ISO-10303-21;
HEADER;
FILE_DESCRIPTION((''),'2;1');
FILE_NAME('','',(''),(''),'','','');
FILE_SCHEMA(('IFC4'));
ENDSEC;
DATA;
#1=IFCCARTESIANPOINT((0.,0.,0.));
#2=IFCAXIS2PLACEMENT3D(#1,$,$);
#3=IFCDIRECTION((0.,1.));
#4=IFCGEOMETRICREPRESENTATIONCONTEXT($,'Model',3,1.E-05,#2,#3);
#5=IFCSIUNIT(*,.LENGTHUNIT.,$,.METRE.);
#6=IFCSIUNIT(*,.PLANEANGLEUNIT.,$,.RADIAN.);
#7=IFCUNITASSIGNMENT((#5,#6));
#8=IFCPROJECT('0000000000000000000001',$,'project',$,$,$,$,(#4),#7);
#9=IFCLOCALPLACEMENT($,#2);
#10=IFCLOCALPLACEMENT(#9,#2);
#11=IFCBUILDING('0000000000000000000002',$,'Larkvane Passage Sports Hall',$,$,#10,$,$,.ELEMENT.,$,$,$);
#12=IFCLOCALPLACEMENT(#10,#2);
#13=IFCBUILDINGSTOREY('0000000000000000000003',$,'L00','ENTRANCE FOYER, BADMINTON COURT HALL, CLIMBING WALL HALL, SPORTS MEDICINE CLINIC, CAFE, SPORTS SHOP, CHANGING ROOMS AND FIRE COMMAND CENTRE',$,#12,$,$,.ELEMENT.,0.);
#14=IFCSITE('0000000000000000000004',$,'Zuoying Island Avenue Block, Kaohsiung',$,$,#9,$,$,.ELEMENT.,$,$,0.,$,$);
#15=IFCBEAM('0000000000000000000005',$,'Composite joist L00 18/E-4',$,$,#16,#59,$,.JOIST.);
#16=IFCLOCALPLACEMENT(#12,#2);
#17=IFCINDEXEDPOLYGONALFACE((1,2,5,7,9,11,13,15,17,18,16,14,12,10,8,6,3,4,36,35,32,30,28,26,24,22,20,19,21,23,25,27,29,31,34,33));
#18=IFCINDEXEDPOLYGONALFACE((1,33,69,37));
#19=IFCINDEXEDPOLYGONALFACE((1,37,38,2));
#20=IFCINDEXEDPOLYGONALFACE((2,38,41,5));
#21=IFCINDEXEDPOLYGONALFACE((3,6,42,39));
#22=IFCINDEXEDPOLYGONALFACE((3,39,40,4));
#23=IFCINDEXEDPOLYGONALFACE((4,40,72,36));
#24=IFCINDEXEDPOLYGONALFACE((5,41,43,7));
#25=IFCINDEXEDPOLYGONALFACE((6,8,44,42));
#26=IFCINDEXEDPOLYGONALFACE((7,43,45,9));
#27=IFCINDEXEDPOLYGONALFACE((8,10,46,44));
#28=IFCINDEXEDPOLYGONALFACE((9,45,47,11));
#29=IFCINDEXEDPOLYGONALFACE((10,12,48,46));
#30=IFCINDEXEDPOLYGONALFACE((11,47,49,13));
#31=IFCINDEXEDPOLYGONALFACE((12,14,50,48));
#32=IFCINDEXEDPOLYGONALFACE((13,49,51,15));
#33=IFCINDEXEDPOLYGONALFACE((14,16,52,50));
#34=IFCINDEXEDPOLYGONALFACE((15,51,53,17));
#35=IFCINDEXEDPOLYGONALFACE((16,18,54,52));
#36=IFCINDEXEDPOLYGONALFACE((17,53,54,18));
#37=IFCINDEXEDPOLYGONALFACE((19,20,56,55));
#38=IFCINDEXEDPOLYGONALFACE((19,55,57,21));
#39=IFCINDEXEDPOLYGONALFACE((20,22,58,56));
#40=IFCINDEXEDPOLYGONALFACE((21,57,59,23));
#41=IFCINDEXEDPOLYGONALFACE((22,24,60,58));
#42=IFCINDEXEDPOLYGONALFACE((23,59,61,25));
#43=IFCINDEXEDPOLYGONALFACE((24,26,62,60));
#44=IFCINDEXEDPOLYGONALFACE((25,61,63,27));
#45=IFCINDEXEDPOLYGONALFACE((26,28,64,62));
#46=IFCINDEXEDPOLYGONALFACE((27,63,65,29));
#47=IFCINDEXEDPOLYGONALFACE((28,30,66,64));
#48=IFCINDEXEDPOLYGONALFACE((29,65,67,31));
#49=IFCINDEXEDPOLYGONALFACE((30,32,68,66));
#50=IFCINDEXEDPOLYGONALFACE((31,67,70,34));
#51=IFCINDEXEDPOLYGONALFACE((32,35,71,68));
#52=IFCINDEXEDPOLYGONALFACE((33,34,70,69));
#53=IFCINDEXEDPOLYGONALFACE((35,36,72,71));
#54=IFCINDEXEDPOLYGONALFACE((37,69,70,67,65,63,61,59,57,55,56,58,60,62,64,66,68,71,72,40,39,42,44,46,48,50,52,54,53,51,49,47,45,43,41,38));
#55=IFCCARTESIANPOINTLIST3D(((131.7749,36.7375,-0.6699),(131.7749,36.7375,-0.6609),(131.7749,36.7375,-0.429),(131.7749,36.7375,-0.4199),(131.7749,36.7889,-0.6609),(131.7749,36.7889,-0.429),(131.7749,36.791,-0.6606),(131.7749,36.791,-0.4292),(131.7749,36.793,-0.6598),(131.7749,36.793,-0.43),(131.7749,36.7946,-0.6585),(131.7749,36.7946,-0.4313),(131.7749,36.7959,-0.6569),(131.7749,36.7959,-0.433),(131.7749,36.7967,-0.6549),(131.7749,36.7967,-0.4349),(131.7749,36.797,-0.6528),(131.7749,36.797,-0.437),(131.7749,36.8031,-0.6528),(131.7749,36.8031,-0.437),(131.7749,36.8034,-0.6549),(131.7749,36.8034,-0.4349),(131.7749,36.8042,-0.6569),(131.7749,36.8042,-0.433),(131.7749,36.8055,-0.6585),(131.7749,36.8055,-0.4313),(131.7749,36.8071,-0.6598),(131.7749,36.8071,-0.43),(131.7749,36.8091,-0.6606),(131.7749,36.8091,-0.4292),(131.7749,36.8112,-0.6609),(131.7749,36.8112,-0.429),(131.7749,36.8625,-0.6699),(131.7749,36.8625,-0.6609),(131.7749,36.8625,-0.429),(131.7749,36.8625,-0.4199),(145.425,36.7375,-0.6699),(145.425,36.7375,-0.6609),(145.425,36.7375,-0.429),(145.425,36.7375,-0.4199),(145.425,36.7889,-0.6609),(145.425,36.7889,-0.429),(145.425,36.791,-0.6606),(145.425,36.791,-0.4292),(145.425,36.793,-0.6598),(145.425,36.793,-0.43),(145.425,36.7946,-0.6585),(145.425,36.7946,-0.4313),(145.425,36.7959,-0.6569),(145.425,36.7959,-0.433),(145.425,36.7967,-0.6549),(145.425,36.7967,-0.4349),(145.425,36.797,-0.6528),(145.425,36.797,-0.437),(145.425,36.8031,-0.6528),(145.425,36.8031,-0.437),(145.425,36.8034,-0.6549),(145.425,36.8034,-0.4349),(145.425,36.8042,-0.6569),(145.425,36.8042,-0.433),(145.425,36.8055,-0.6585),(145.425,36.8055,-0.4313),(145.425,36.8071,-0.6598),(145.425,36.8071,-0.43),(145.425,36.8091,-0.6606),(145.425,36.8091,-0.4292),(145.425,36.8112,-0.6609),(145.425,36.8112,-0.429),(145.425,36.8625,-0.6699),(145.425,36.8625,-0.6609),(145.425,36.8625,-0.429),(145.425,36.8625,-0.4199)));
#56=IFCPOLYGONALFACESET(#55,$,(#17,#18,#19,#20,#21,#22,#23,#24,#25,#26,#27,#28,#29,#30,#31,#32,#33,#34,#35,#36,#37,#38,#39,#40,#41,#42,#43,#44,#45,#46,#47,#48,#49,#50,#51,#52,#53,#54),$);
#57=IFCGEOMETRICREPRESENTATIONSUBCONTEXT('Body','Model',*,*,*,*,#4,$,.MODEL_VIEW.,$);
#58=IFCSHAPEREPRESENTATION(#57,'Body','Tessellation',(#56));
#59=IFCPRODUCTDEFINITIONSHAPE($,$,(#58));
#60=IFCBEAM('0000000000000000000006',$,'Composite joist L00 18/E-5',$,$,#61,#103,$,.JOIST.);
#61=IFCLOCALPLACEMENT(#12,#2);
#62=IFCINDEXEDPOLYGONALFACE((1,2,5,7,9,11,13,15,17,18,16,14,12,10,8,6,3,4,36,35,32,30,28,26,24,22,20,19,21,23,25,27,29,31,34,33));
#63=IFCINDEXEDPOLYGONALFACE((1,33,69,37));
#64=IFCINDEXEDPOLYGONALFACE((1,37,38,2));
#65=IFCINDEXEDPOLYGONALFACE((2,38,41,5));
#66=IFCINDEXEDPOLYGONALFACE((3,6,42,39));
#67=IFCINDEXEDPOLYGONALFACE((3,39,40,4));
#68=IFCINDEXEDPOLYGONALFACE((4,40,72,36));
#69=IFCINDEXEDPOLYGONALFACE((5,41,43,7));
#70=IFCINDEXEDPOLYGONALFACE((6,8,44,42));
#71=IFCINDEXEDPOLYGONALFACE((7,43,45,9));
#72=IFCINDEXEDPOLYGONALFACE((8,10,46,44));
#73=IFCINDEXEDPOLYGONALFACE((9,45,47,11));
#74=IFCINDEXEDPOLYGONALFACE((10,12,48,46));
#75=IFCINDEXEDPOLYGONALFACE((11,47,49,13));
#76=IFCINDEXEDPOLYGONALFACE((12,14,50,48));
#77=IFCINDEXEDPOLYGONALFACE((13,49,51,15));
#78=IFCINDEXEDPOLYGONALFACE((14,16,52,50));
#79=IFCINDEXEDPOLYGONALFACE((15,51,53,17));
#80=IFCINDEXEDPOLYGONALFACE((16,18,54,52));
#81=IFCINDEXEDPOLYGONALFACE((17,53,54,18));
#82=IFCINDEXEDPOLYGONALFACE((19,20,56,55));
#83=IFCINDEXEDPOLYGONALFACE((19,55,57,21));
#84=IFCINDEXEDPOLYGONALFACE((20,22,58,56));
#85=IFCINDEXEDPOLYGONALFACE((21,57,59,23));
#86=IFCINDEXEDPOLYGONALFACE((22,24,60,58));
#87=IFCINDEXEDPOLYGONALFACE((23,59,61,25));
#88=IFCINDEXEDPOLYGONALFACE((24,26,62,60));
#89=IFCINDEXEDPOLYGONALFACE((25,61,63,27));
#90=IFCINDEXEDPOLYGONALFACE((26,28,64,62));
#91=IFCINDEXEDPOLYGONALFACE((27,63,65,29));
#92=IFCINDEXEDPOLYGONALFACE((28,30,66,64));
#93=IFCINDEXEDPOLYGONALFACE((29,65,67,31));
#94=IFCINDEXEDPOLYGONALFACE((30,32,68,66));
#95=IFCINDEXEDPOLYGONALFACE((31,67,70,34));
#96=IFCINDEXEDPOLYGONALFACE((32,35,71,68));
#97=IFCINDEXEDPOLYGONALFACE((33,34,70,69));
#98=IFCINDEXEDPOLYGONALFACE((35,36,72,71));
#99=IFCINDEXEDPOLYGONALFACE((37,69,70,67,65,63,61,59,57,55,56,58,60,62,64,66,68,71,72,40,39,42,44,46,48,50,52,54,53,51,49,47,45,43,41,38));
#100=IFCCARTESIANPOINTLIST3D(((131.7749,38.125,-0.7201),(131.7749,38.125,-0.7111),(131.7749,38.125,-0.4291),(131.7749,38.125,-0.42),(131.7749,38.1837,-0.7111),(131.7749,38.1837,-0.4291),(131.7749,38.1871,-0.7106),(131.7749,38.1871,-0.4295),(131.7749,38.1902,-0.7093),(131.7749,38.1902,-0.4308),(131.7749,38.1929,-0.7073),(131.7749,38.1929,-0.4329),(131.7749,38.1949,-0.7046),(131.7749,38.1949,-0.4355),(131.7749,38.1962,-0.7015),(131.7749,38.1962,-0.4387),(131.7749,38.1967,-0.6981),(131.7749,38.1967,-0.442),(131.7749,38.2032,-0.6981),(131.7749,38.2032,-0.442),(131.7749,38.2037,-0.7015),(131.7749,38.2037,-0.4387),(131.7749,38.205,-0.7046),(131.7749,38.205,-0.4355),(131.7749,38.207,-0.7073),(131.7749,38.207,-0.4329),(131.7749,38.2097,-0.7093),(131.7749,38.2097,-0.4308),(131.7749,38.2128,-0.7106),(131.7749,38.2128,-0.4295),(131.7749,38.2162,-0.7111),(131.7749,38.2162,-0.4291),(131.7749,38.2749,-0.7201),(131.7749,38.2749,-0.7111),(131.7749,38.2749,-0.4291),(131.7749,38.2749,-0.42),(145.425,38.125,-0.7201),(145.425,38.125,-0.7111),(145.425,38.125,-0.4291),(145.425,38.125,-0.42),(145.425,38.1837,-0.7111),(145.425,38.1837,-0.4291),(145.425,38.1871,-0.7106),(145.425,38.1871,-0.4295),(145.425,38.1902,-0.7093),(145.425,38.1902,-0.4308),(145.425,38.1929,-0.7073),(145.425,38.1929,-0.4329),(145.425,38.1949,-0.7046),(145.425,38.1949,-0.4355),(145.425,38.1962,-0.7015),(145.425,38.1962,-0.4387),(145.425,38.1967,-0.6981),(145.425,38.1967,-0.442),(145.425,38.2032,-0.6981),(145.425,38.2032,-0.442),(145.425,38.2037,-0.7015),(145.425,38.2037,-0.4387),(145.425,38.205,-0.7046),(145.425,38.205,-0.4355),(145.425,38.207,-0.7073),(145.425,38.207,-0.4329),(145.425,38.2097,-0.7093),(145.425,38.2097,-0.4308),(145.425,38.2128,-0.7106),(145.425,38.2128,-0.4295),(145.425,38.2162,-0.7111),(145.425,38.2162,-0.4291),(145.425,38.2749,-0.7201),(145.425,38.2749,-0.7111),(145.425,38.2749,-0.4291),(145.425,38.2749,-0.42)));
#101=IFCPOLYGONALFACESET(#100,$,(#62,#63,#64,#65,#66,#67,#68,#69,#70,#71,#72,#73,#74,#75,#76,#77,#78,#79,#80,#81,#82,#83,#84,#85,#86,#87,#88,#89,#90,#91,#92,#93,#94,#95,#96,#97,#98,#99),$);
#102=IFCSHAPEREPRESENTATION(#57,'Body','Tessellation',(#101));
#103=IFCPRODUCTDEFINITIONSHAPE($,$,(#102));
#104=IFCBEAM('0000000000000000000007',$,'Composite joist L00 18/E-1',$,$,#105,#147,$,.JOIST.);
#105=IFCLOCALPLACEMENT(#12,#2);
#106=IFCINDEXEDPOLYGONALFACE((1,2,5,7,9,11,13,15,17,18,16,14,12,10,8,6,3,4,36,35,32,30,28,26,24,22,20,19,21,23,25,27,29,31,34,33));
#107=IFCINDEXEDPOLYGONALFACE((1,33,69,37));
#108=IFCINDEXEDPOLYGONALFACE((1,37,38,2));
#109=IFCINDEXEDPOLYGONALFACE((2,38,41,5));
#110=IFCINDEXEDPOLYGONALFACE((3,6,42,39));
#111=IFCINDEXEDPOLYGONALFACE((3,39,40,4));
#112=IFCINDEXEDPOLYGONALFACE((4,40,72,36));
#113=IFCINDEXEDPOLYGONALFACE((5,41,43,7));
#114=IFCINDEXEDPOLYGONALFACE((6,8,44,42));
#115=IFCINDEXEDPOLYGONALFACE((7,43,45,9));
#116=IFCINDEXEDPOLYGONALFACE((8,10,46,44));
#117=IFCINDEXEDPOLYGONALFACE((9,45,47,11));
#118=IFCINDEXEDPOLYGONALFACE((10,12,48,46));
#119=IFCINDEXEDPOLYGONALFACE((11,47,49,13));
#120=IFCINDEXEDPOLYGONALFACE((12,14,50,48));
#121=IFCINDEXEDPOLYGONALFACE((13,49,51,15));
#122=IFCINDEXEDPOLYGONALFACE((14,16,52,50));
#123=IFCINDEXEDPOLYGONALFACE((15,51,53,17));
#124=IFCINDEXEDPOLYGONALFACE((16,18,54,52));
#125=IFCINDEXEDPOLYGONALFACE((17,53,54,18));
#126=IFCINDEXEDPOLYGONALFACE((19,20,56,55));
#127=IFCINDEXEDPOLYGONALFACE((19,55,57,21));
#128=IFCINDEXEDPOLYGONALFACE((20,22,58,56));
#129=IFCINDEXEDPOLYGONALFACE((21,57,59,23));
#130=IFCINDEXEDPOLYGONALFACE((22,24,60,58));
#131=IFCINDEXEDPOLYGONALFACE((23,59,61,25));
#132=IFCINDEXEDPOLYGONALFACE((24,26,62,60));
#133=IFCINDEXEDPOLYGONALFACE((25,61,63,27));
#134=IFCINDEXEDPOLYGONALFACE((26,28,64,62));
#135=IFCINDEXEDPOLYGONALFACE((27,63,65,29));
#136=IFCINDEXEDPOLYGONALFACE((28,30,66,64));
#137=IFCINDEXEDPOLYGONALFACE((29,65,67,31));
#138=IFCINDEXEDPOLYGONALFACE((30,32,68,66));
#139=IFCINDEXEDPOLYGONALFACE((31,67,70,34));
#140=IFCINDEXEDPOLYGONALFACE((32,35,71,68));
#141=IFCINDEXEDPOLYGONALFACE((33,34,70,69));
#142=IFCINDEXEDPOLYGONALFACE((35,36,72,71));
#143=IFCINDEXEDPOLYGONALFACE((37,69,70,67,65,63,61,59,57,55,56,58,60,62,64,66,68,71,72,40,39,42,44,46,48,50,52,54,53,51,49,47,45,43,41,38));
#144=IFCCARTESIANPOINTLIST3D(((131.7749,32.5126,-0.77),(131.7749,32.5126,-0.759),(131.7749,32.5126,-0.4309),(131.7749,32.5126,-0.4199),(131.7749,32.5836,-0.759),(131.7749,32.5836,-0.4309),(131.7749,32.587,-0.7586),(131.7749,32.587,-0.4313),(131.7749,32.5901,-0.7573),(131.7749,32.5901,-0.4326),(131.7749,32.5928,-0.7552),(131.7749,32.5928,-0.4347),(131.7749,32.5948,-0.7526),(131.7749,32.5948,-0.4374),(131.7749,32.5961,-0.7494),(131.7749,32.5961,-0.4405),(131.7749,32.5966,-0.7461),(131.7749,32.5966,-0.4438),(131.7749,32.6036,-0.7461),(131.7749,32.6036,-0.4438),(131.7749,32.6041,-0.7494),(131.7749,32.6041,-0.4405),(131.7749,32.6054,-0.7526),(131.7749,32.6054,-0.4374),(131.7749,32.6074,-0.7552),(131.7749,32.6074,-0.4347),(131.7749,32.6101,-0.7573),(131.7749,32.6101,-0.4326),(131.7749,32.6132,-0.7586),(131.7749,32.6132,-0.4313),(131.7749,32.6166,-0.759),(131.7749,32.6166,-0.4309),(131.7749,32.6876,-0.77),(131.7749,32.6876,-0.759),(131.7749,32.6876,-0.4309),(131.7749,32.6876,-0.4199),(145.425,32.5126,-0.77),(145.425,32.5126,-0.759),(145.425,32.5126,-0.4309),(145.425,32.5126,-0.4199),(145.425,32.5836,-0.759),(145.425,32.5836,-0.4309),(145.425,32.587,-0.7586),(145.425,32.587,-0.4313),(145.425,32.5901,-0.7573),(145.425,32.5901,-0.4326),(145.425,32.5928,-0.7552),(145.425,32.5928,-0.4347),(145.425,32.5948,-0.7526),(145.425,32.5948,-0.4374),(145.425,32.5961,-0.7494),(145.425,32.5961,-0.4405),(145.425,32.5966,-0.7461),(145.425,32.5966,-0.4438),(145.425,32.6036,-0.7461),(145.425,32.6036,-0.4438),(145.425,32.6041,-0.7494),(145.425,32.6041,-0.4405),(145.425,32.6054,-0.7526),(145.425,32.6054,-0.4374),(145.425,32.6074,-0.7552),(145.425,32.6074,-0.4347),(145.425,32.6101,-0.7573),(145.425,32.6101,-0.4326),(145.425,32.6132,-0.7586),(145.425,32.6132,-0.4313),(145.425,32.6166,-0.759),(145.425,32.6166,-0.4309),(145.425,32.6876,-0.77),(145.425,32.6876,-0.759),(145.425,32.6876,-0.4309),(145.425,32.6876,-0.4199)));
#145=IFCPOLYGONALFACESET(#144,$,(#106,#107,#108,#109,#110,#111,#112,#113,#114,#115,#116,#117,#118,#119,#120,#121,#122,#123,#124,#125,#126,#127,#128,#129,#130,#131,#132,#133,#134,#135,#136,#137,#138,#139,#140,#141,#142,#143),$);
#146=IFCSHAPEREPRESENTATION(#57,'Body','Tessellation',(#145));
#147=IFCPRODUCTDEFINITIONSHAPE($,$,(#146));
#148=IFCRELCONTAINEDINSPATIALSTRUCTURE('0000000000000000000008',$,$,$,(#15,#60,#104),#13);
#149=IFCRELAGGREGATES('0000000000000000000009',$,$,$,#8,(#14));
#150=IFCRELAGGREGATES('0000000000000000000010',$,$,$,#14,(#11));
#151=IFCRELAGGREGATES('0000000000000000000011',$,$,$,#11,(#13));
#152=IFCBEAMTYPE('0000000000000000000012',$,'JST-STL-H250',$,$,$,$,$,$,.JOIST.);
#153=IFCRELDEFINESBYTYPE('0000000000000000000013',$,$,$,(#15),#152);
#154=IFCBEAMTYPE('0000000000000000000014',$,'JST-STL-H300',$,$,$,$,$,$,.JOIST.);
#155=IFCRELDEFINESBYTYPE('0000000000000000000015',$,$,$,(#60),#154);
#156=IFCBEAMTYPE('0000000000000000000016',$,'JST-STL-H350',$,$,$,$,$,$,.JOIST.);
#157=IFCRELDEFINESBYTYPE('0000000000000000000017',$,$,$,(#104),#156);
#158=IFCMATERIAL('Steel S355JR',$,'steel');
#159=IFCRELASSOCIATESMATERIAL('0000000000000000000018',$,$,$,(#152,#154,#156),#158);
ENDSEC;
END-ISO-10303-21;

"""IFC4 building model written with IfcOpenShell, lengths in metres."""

from ifc_helpers import new_model, si_unit, direction, frame, origin, origin_2d, place, context, subcontext, project, spatial, i_section, extrude, material, material_profile, profile_set, type_object, element, save


model = new_model("IFC4")

# Units and contexts
model_context = context("Model", 3, precision=1e-05, world=origin(), true_north=direction((0.0, 1.0)))
body_context = subcontext(model_context, "Body", "Model", "MODEL_VIEW")
ifc_project = project(units=[si_unit("LENGTHUNIT", "METRE"), si_unit("PLANEANGLEUNIT", "RADIAN")], contexts=[model_context])

# Site, building, storey
site_placement = place(None, origin())
site = spatial("IfcSite", under=ifc_project, at=site_placement, Name="Zuoying Island Avenue Block, Kaohsiung", CompositionType="ELEMENT", RefElevation=0.0)
building_placement = place(site_placement, origin())
building = spatial("IfcBuilding", under=site, at=building_placement, Name="Larkvane Passage Sports Hall", CompositionType="ELEMENT")
storey_placement = place(building_placement, origin())
storey = spatial("IfcBuildingStorey", under=building, at=storey_placement, Name="L00", Description="ENTRANCE FOYER, BADMINTON COURT HALL, CLIMBING WALL HALL, SPORTS MEDICINE CLINIC, CAFE, SPORTS SHOP, CHANGING ROOMS AND FIRE COMMAND CENTRE", CompositionType="ELEMENT", Elevation=0.0)

# Beams
ifc_material_1 = material(Name="Steel S355JR", Category="steel")
ifc_material_profile_1 = material_profile(ifc_material_1, i_section(OverallWidth=0.125, OverallDepth=0.25, WebThickness=0.0061, FlangeThickness=0.009, FilletRadius=0.0081, at=origin_2d()), Name="H-250x125x6x9")
ifc_profile_set_1 = profile_set([ifc_material_profile_1], Name="Steel S355JR")
beam_type_1 = type_object("IfcBeamType", Name="JST-STL-H250", PredefinedType="JOIST", material=ifc_profile_set_1)
beam_1_placement = place(storey_placement, frame((131.7749, 36.8, -0.5449), z_axis=(1.0, 0.0, 0.0), x_axis=(0.0, 1.0, 0.0)))
element("IfcBeam", 1, at=beam_1_placement, inside=storey, type_object=beam_type_1, Name="Composite joist L00 18/E-4", PredefinedType="JOIST", context=body_context, shape_type="SweptSolid", body=[
    extrude(i_section(OverallWidth=0.125, OverallDepth=0.25, WebThickness=0.0061, FlangeThickness=0.009, FilletRadius=0.0081, at=origin_2d()), origin(), (0.0, 0.0, 1.0), 13.6501),
])
ifc_material_profile_2 = material_profile(ifc_material_1, i_section(OverallWidth=0.1499, OverallDepth=0.3, WebThickness=0.0066, FlangeThickness=0.009, FilletRadius=0.0129, at=origin_2d()), Name="H-300x150x6.5x9")
ifc_profile_set_2 = profile_set([ifc_material_profile_2], Name="Steel S355JR")
beam_type_2 = type_object("IfcBeamType", Name="JST-STL-H300", PredefinedType="JOIST", material=ifc_profile_set_2)
beam_2_placement = place(storey_placement, frame((131.7749, 38.2, -0.5701), z_axis=(1.0, 0.0, 0.0), x_axis=(0.0, 1.0, 0.0)))
element("IfcBeam", 2, at=beam_2_placement, inside=storey, type_object=beam_type_2, Name="Composite joist L00 18/E-5", PredefinedType="JOIST", context=body_context, shape_type="SweptSolid", body=[
    extrude(i_section(OverallWidth=0.1499, OverallDepth=0.3, WebThickness=0.0066, FlangeThickness=0.009, FilletRadius=0.0129, at=origin_2d()), origin(), (0.0, 0.0, 1.0), 13.6501),
])
ifc_material_profile_3 = material_profile(ifc_material_1, i_section(OverallWidth=0.175, OverallDepth=0.3501, WebThickness=0.0071, FlangeThickness=0.011, FilletRadius=0.0129, at=origin_2d()), Name="H-350x175x7x11")
ifc_profile_set_3 = profile_set([ifc_material_profile_3], Name="Steel S355JR")
beam_type_3 = type_object("IfcBeamType", Name="JST-STL-H350", PredefinedType="JOIST", material=ifc_profile_set_3)
beam_3_placement = place(storey_placement, frame((131.7749, 32.6001, -0.595), z_axis=(1.0, 0.0, 0.0), x_axis=(0.0, 1.0, 0.0)))
element("IfcBeam", 3, at=beam_3_placement, inside=storey, type_object=beam_type_3, Name="Composite joist L00 18/E-1", PredefinedType="JOIST", context=body_context, shape_type="SweptSolid", body=[
    extrude(i_section(OverallWidth=0.175, OverallDepth=0.3501, WebThickness=0.0071, FlangeThickness=0.011, FilletRadius=0.0129, at=origin_2d()), origin(), (0.0, 0.0, 1.0), 13.6501),
])

save(model, "model.ifc")
